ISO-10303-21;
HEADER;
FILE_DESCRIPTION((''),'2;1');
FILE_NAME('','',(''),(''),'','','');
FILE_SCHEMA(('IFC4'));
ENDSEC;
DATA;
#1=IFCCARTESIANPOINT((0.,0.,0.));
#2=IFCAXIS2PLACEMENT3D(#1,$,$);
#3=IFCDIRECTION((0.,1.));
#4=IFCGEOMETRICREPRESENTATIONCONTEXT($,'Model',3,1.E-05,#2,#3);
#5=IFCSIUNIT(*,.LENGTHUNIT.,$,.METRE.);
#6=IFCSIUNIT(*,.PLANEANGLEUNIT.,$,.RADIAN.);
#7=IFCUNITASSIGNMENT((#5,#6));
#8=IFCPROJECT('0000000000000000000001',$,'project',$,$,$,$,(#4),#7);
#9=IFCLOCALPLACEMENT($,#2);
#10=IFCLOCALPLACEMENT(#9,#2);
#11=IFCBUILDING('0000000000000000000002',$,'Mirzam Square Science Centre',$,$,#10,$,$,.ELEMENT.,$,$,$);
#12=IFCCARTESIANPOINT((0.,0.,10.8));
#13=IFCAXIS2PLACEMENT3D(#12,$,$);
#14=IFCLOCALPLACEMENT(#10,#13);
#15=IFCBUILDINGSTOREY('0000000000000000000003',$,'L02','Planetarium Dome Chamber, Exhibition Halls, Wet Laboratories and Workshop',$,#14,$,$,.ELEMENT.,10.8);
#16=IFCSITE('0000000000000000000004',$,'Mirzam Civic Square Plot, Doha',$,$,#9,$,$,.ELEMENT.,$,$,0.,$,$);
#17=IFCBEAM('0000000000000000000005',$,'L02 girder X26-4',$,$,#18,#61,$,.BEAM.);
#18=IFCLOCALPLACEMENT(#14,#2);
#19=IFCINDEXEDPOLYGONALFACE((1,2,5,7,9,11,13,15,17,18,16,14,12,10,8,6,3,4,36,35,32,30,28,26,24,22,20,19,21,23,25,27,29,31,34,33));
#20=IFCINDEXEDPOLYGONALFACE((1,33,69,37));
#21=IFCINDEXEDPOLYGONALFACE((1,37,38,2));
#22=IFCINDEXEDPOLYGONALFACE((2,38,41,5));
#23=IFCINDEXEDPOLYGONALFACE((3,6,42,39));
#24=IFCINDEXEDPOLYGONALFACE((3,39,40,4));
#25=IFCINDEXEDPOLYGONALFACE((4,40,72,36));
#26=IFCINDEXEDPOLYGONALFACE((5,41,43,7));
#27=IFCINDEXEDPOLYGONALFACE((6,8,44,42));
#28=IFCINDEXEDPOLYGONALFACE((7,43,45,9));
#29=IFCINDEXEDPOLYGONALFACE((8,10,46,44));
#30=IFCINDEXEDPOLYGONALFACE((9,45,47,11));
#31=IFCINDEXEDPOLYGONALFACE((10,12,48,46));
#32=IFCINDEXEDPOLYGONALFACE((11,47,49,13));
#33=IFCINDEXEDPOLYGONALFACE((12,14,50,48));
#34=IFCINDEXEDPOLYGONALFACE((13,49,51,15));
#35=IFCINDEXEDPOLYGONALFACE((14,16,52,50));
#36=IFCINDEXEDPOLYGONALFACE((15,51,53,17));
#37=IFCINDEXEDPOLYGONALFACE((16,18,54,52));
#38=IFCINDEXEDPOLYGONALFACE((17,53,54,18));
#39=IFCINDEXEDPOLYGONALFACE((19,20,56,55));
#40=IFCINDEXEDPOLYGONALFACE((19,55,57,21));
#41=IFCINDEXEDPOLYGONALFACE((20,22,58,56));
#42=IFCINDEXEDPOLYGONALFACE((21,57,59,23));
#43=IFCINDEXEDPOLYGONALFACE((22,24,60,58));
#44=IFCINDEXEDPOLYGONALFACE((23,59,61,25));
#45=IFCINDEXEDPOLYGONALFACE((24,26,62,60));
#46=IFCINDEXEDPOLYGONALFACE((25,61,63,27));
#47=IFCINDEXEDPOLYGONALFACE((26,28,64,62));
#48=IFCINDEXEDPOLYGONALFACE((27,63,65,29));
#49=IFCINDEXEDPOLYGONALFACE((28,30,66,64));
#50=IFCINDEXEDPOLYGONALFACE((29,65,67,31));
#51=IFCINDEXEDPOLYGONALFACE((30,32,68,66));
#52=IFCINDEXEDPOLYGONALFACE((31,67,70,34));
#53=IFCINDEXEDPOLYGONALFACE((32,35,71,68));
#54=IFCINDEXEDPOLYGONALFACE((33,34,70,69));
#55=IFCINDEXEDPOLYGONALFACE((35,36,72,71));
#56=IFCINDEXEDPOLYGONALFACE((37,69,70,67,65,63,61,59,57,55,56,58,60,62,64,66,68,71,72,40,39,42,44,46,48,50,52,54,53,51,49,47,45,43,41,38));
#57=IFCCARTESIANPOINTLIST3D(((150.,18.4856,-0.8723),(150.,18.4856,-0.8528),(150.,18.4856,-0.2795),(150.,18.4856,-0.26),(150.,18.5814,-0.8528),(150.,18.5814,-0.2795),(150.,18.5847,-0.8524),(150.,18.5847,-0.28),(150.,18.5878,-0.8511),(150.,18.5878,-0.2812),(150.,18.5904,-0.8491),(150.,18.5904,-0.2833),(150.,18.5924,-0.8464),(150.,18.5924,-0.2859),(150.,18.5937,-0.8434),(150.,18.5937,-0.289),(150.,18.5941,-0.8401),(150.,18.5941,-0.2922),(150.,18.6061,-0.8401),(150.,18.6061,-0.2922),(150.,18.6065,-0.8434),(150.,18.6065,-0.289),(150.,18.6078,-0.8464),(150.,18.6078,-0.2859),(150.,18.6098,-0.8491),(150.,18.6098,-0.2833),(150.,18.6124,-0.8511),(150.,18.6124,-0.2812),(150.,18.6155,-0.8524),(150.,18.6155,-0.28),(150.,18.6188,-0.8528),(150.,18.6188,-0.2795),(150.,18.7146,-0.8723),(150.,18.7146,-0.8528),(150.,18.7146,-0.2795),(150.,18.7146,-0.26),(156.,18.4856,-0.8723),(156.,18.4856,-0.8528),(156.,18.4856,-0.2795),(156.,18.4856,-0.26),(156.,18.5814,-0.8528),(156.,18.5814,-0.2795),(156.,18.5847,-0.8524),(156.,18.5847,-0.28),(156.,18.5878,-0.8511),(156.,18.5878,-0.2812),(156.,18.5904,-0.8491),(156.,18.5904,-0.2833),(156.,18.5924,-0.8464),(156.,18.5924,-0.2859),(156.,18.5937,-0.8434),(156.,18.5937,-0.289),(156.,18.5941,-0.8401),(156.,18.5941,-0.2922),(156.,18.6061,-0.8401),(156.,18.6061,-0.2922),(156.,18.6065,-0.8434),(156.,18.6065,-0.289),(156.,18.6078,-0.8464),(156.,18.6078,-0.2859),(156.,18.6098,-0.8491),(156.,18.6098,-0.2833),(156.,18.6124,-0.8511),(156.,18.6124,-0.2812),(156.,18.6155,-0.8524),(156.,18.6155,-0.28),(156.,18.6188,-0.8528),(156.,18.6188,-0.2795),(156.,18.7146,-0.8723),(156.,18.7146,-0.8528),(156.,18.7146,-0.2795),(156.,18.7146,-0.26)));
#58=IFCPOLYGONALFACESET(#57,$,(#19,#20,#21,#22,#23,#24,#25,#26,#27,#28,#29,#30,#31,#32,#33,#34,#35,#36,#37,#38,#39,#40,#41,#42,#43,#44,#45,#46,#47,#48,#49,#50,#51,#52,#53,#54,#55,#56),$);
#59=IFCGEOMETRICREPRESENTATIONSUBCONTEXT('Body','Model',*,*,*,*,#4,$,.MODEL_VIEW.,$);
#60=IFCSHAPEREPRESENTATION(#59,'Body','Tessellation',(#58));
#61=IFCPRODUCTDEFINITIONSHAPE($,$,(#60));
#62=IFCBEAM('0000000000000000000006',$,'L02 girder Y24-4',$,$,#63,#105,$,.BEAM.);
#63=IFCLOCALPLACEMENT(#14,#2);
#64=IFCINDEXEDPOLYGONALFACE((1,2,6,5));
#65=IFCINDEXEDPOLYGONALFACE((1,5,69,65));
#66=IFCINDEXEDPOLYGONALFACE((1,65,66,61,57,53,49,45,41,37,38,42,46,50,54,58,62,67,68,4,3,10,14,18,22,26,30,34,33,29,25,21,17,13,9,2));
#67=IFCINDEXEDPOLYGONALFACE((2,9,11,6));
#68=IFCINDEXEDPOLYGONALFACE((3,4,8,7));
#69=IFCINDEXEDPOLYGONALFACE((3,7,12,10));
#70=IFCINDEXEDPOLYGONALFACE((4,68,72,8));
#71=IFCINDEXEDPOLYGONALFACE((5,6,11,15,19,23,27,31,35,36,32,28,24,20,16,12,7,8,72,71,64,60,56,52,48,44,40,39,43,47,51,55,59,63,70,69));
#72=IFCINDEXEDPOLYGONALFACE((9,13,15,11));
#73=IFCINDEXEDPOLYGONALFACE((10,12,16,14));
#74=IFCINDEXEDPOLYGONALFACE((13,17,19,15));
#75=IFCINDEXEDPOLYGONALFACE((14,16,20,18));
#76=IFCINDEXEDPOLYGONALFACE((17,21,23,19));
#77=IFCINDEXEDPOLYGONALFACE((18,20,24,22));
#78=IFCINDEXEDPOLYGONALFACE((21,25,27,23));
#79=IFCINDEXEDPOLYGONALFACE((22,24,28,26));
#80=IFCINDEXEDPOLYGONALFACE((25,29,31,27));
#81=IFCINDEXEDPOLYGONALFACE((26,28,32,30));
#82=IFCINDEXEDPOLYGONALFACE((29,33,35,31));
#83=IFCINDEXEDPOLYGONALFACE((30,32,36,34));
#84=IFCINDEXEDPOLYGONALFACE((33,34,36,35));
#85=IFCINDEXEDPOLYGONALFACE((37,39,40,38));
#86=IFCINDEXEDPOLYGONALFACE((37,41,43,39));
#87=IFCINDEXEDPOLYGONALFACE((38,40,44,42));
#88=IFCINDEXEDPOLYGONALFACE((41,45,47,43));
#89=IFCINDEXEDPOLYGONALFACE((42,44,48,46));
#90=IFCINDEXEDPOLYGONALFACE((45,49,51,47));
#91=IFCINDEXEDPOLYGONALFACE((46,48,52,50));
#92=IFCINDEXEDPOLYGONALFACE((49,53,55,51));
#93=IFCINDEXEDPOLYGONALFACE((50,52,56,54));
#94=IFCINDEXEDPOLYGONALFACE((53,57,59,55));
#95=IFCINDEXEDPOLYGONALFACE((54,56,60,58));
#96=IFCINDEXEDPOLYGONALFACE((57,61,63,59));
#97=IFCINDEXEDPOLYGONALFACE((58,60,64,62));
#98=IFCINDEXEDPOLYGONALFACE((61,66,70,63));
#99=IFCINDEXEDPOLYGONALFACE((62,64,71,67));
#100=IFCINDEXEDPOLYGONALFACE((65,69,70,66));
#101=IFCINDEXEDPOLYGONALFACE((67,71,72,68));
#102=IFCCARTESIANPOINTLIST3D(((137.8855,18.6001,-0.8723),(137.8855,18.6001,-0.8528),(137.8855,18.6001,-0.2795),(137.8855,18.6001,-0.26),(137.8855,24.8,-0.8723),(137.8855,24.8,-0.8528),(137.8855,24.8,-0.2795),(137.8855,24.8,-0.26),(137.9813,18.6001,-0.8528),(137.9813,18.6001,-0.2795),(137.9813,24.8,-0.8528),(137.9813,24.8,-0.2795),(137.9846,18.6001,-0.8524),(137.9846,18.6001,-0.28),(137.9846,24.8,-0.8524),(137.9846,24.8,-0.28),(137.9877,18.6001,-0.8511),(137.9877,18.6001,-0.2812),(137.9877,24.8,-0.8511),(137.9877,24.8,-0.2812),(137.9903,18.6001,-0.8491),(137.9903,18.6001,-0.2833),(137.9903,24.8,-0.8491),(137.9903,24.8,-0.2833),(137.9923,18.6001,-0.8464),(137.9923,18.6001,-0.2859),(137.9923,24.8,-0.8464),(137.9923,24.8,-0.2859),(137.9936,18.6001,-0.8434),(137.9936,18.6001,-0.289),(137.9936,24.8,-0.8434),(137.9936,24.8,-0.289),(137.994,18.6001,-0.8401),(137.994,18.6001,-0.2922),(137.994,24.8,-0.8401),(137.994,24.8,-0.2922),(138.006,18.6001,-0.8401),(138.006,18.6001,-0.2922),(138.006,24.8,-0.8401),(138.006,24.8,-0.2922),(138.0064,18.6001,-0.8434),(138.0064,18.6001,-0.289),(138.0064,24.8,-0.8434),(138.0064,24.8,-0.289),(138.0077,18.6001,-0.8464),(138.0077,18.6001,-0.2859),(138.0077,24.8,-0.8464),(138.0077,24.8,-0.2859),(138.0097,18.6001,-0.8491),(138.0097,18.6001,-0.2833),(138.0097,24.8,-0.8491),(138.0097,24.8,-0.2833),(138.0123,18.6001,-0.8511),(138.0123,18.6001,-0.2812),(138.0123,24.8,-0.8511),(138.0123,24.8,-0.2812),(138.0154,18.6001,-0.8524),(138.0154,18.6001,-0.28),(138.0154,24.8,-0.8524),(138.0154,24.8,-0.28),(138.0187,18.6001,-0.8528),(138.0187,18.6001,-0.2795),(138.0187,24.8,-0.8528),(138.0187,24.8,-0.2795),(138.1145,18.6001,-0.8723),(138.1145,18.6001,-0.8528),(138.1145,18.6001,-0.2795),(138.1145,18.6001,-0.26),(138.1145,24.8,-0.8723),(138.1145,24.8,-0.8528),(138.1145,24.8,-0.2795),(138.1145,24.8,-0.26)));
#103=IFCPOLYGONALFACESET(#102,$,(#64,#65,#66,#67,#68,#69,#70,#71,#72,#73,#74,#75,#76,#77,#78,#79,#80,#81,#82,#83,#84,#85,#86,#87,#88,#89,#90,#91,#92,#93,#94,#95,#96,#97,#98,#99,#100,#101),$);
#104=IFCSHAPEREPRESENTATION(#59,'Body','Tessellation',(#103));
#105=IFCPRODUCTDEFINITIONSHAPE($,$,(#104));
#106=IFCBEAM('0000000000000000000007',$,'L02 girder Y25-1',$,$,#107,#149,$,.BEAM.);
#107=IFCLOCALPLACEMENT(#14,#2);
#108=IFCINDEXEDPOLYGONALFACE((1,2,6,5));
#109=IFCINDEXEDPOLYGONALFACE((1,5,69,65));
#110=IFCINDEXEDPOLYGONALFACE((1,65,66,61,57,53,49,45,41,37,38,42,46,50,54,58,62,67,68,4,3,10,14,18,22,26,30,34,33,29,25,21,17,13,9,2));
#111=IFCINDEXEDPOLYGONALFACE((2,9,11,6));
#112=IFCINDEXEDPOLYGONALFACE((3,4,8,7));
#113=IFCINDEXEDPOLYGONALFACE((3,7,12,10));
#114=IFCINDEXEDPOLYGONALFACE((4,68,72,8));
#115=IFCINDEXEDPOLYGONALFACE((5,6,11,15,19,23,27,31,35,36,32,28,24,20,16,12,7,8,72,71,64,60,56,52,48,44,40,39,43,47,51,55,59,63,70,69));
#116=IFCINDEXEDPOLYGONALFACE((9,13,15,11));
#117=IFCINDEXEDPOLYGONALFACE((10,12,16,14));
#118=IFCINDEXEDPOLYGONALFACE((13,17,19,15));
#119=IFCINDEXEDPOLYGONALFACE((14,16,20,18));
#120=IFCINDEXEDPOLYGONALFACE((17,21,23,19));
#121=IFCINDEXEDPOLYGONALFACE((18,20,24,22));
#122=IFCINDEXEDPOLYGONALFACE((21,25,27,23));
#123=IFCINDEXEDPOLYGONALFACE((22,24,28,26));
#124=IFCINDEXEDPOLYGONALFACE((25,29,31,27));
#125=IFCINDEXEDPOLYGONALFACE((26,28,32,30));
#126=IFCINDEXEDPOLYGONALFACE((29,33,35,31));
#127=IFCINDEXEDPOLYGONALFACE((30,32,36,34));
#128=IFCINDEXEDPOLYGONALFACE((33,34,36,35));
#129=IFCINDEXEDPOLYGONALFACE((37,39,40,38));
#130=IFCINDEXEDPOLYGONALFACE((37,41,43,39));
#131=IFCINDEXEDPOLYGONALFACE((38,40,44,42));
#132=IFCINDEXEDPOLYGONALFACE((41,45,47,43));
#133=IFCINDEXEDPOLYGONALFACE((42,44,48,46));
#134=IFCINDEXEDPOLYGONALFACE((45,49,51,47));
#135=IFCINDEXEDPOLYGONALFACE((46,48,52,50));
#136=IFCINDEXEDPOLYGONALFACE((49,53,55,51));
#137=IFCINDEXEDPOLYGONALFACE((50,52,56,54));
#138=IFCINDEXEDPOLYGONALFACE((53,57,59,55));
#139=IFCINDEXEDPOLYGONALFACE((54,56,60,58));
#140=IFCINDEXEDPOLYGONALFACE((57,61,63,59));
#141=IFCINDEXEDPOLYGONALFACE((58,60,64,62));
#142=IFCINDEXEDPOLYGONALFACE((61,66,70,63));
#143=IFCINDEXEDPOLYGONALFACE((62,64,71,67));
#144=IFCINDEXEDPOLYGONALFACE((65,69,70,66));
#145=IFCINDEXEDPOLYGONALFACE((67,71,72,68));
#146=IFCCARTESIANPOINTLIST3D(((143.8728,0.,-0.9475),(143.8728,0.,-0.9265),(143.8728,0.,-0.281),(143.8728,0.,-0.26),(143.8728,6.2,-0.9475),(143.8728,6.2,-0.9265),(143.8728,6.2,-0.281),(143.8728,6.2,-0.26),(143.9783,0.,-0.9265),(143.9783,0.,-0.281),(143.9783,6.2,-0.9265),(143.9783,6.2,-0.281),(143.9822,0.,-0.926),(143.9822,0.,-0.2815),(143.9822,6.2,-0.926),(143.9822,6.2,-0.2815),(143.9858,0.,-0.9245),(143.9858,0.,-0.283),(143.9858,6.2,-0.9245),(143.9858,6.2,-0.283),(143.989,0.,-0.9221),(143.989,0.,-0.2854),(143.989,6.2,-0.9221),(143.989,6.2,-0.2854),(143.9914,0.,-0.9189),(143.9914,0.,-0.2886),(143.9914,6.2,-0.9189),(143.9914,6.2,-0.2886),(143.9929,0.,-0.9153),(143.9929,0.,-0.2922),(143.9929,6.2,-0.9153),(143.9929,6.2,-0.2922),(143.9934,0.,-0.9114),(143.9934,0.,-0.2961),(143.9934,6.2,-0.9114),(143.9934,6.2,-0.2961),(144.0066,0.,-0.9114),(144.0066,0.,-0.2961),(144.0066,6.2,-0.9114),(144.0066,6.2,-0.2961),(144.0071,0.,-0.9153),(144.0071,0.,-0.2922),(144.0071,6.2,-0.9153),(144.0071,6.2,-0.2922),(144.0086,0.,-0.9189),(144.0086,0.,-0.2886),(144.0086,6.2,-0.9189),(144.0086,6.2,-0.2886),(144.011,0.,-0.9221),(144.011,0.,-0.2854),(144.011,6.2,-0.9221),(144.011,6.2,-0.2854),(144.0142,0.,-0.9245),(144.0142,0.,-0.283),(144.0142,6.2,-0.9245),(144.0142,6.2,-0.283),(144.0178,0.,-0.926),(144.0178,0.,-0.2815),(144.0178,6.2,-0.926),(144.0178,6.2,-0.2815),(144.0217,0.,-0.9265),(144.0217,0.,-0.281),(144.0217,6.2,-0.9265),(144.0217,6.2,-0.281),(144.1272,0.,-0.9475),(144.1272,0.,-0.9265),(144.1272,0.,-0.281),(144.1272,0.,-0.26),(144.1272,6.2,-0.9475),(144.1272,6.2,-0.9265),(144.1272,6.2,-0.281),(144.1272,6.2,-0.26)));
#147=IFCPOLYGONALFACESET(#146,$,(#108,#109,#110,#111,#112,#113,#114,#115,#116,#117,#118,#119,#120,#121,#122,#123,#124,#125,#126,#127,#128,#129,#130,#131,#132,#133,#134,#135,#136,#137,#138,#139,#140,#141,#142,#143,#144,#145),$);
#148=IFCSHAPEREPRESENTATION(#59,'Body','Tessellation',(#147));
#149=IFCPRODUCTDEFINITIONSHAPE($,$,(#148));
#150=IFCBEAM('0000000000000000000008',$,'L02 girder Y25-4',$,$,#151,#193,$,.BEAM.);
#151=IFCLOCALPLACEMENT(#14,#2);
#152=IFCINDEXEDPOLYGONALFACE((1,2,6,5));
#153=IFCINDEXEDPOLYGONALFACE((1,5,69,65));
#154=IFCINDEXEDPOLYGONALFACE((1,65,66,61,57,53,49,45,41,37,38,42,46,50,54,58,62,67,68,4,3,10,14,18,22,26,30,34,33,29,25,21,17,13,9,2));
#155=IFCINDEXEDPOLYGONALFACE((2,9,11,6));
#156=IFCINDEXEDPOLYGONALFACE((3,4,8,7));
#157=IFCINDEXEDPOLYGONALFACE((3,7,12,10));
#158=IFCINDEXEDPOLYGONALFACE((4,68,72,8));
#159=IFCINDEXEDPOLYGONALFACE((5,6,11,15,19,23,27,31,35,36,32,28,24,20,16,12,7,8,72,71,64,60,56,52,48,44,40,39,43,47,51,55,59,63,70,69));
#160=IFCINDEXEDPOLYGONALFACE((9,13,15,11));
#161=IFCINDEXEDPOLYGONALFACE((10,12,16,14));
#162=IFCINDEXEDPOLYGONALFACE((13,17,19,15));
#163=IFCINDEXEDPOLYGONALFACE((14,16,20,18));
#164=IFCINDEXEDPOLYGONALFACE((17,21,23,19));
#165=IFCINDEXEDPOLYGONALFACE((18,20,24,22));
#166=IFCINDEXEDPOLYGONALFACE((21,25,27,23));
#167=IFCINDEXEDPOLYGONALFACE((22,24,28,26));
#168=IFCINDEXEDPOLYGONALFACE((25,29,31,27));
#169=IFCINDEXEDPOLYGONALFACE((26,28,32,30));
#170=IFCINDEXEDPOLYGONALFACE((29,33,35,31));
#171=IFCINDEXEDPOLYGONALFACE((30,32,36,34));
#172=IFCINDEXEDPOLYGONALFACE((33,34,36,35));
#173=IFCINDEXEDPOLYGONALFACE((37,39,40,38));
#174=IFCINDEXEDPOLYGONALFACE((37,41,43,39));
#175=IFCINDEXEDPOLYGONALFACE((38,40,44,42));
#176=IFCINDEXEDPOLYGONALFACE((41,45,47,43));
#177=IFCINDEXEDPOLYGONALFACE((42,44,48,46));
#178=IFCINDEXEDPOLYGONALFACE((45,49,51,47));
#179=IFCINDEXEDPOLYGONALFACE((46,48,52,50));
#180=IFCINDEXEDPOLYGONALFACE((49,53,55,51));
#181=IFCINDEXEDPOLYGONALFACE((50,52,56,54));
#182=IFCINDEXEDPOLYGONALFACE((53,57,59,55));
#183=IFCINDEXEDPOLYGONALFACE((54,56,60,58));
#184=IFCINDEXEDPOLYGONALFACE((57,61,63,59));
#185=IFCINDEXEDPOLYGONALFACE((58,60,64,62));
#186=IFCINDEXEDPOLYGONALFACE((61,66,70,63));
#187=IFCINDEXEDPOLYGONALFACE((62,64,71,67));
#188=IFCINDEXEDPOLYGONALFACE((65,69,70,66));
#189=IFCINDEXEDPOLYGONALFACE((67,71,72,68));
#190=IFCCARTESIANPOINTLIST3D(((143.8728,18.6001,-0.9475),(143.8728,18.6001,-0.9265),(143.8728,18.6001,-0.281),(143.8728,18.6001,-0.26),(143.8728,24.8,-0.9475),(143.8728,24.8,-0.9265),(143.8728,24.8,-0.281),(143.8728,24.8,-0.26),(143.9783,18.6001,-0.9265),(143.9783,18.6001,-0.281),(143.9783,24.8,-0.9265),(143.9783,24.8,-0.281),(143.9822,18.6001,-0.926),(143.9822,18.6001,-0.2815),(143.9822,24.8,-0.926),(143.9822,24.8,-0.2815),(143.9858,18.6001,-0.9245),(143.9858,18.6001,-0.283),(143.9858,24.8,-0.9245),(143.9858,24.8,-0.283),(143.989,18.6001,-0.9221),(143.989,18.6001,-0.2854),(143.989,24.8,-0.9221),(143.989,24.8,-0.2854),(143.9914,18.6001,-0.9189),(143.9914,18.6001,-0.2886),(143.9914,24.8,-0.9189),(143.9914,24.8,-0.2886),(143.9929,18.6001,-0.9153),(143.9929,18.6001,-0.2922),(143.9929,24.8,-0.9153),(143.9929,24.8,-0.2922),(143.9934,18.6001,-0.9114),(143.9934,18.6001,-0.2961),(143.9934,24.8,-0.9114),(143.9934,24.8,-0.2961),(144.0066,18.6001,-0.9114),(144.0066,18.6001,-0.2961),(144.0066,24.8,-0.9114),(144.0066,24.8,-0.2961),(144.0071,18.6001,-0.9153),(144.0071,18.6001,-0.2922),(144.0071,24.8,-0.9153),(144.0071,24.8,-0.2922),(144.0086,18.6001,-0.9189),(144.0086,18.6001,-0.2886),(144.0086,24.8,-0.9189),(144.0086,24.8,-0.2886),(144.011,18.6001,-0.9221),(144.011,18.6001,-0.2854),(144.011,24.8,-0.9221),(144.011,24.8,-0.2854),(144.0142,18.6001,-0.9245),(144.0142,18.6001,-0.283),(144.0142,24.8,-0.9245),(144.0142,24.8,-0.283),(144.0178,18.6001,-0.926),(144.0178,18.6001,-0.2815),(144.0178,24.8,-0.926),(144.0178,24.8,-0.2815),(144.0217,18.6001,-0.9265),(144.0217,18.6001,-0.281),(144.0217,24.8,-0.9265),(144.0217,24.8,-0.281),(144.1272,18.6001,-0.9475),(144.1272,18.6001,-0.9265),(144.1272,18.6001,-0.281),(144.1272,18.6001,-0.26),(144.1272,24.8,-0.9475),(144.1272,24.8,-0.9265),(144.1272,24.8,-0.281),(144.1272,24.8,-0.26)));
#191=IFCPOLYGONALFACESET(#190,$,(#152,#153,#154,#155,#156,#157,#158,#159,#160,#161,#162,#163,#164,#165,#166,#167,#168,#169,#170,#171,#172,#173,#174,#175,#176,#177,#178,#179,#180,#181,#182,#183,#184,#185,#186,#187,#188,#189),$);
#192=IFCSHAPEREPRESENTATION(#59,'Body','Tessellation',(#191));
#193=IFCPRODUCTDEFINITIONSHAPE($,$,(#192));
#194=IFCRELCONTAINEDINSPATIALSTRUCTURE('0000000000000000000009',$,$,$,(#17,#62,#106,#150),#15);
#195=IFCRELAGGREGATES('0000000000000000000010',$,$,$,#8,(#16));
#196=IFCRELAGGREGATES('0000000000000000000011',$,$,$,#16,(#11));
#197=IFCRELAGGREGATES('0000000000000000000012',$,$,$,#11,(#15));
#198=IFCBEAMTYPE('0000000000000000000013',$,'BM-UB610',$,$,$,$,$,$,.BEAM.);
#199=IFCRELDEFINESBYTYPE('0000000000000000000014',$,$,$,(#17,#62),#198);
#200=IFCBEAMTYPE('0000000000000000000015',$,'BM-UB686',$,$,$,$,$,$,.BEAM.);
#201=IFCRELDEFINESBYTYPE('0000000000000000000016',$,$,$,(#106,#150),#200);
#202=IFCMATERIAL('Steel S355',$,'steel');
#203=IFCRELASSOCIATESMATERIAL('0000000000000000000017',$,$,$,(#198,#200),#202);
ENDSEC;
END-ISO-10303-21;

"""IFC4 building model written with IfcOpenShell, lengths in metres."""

from ifc_helpers import new_model, si_unit, direction, frame, origin, origin_2d, place, context, subcontext, project, spatial, i_section, extrude, material, material_profile, profile_set, type_object, element, save


model = new_model("IFC4")

# Units and contexts
model_context = context("Model", 3, precision=1e-05, world=origin(), true_north=direction((0.0, 1.0)))
body_context = subcontext(model_context, "Body", "Model", "MODEL_VIEW")
ifc_project = project(units=[si_unit("LENGTHUNIT", "METRE"), si_unit("PLANEANGLEUNIT", "RADIAN")], contexts=[model_context])

# Site, building, storey
site_placement = place(None, origin())
site = spatial("IfcSite", under=ifc_project, at=site_placement, Name="Mirzam Civic Square Plot, Doha", CompositionType="ELEMENT", RefElevation=0.0)
building_placement = place(site_placement, origin())
building = spatial("IfcBuilding", under=site, at=building_placement, Name="Mirzam Square Science Centre", CompositionType="ELEMENT")
storey_placement = place(building_placement, frame((0.0, 0.0, 10.8)))
storey = spatial("IfcBuildingStorey", under=building, at=storey_placement, Name="L02", Description="Planetarium Dome Chamber, Exhibition Halls, Wet Laboratories and Workshop", CompositionType="ELEMENT", Elevation=10.8)

# Shared definitions
ifc_material_1 = material(Name="Steel S355", Category="steel")

# Beams
ifc_material_profile_1 = material_profile(ifc_material_1, i_section(OverallWidth=0.229, OverallDepth=0.6123, WebThickness=0.012, FlangeThickness=0.0195, FilletRadius=0.0127, at=origin_2d()), Name="610x229x125UB")
ifc_profile_set_1 = profile_set([ifc_material_profile_1], Name="Steel S355")
beam_type_1 = type_object("IfcBeamType", Name="BM-UB610", PredefinedType="BEAM", material=ifc_profile_set_1)
beam_1_placement = place(storey_placement, frame((150.0, 18.6001, -0.5662), z_axis=(1.0, 0.0, 0.0), x_axis=(0.0, 1.0, 0.0)))
element("IfcBeam", 1, at=beam_1_placement, inside=storey, type_object=beam_type_1, Name="L02 girder X26-4", PredefinedType="BEAM", context=body_context, shape_type="SweptSolid", body=[
    extrude(i_section(OverallWidth=0.229, OverallDepth=0.6123, WebThickness=0.012, FlangeThickness=0.0195, FilletRadius=0.0127, at=origin_2d()), origin(), (0.0, 0.0, 1.0), 6.0),
])
beam_2_placement = place(storey_placement, frame((138.0, 18.6001, -0.5662), z_axis=(0.0, 1.0, 0.0), x_axis=(-1.0, 0.0, 0.0)))
element("IfcBeam", 2, at=beam_2_placement, inside=storey, type_object=beam_type_1, Name="L02 girder Y24-4", PredefinedType="BEAM", context=body_context, shape_type="SweptSolid", body=[
    extrude(i_section(OverallWidth=0.229, OverallDepth=0.6123, WebThickness=0.012, FlangeThickness=0.0195, FilletRadius=0.0127, at=origin_2d()), origin(), (0.0, 0.0, 1.0), 6.2),
])
ifc_material_profile_2 = material_profile(ifc_material_1, i_section(OverallWidth=0.2544, OverallDepth=0.6875, WebThickness=0.0132, FlangeThickness=0.021, FilletRadius=0.0151, at=origin_2d()), Name="686x254x152UB")
ifc_profile_set_2 = profile_set([ifc_material_profile_2], Name="Steel S355")
beam_type_2 = type_object("IfcBeamType", Name="BM-UB686", PredefinedType="BEAM", material=ifc_profile_set_2)
for number, where, z_axis, x_axis, name in (
    (3, (144.0, 0.0, -0.6038), (0.0, 1.0, 0.0), (-1.0, 0.0, 0.0), "L02 girder Y25-1"),
    (4, (144.0, 18.6001, -0.6038), (0.0, 1.0, 0.0), (-1.0, 0.0, 0.0), "L02 girder Y25-4"),
):
    element("IfcBeam", number, at=place(storey_placement, frame(where, z_axis=z_axis, x_axis=x_axis)), inside=storey, type_object=beam_type_2, Name=name, PredefinedType="BEAM", context=body_context, shape_type="SweptSolid", body=[
        extrude(i_section(OverallWidth=0.2544, OverallDepth=0.6875, WebThickness=0.0132, FlangeThickness=0.021, FilletRadius=0.0151, at=origin_2d()), origin(), (0.0, 0.0, 1.0), 6.2),
    ])

save(model, "model.ifc")
